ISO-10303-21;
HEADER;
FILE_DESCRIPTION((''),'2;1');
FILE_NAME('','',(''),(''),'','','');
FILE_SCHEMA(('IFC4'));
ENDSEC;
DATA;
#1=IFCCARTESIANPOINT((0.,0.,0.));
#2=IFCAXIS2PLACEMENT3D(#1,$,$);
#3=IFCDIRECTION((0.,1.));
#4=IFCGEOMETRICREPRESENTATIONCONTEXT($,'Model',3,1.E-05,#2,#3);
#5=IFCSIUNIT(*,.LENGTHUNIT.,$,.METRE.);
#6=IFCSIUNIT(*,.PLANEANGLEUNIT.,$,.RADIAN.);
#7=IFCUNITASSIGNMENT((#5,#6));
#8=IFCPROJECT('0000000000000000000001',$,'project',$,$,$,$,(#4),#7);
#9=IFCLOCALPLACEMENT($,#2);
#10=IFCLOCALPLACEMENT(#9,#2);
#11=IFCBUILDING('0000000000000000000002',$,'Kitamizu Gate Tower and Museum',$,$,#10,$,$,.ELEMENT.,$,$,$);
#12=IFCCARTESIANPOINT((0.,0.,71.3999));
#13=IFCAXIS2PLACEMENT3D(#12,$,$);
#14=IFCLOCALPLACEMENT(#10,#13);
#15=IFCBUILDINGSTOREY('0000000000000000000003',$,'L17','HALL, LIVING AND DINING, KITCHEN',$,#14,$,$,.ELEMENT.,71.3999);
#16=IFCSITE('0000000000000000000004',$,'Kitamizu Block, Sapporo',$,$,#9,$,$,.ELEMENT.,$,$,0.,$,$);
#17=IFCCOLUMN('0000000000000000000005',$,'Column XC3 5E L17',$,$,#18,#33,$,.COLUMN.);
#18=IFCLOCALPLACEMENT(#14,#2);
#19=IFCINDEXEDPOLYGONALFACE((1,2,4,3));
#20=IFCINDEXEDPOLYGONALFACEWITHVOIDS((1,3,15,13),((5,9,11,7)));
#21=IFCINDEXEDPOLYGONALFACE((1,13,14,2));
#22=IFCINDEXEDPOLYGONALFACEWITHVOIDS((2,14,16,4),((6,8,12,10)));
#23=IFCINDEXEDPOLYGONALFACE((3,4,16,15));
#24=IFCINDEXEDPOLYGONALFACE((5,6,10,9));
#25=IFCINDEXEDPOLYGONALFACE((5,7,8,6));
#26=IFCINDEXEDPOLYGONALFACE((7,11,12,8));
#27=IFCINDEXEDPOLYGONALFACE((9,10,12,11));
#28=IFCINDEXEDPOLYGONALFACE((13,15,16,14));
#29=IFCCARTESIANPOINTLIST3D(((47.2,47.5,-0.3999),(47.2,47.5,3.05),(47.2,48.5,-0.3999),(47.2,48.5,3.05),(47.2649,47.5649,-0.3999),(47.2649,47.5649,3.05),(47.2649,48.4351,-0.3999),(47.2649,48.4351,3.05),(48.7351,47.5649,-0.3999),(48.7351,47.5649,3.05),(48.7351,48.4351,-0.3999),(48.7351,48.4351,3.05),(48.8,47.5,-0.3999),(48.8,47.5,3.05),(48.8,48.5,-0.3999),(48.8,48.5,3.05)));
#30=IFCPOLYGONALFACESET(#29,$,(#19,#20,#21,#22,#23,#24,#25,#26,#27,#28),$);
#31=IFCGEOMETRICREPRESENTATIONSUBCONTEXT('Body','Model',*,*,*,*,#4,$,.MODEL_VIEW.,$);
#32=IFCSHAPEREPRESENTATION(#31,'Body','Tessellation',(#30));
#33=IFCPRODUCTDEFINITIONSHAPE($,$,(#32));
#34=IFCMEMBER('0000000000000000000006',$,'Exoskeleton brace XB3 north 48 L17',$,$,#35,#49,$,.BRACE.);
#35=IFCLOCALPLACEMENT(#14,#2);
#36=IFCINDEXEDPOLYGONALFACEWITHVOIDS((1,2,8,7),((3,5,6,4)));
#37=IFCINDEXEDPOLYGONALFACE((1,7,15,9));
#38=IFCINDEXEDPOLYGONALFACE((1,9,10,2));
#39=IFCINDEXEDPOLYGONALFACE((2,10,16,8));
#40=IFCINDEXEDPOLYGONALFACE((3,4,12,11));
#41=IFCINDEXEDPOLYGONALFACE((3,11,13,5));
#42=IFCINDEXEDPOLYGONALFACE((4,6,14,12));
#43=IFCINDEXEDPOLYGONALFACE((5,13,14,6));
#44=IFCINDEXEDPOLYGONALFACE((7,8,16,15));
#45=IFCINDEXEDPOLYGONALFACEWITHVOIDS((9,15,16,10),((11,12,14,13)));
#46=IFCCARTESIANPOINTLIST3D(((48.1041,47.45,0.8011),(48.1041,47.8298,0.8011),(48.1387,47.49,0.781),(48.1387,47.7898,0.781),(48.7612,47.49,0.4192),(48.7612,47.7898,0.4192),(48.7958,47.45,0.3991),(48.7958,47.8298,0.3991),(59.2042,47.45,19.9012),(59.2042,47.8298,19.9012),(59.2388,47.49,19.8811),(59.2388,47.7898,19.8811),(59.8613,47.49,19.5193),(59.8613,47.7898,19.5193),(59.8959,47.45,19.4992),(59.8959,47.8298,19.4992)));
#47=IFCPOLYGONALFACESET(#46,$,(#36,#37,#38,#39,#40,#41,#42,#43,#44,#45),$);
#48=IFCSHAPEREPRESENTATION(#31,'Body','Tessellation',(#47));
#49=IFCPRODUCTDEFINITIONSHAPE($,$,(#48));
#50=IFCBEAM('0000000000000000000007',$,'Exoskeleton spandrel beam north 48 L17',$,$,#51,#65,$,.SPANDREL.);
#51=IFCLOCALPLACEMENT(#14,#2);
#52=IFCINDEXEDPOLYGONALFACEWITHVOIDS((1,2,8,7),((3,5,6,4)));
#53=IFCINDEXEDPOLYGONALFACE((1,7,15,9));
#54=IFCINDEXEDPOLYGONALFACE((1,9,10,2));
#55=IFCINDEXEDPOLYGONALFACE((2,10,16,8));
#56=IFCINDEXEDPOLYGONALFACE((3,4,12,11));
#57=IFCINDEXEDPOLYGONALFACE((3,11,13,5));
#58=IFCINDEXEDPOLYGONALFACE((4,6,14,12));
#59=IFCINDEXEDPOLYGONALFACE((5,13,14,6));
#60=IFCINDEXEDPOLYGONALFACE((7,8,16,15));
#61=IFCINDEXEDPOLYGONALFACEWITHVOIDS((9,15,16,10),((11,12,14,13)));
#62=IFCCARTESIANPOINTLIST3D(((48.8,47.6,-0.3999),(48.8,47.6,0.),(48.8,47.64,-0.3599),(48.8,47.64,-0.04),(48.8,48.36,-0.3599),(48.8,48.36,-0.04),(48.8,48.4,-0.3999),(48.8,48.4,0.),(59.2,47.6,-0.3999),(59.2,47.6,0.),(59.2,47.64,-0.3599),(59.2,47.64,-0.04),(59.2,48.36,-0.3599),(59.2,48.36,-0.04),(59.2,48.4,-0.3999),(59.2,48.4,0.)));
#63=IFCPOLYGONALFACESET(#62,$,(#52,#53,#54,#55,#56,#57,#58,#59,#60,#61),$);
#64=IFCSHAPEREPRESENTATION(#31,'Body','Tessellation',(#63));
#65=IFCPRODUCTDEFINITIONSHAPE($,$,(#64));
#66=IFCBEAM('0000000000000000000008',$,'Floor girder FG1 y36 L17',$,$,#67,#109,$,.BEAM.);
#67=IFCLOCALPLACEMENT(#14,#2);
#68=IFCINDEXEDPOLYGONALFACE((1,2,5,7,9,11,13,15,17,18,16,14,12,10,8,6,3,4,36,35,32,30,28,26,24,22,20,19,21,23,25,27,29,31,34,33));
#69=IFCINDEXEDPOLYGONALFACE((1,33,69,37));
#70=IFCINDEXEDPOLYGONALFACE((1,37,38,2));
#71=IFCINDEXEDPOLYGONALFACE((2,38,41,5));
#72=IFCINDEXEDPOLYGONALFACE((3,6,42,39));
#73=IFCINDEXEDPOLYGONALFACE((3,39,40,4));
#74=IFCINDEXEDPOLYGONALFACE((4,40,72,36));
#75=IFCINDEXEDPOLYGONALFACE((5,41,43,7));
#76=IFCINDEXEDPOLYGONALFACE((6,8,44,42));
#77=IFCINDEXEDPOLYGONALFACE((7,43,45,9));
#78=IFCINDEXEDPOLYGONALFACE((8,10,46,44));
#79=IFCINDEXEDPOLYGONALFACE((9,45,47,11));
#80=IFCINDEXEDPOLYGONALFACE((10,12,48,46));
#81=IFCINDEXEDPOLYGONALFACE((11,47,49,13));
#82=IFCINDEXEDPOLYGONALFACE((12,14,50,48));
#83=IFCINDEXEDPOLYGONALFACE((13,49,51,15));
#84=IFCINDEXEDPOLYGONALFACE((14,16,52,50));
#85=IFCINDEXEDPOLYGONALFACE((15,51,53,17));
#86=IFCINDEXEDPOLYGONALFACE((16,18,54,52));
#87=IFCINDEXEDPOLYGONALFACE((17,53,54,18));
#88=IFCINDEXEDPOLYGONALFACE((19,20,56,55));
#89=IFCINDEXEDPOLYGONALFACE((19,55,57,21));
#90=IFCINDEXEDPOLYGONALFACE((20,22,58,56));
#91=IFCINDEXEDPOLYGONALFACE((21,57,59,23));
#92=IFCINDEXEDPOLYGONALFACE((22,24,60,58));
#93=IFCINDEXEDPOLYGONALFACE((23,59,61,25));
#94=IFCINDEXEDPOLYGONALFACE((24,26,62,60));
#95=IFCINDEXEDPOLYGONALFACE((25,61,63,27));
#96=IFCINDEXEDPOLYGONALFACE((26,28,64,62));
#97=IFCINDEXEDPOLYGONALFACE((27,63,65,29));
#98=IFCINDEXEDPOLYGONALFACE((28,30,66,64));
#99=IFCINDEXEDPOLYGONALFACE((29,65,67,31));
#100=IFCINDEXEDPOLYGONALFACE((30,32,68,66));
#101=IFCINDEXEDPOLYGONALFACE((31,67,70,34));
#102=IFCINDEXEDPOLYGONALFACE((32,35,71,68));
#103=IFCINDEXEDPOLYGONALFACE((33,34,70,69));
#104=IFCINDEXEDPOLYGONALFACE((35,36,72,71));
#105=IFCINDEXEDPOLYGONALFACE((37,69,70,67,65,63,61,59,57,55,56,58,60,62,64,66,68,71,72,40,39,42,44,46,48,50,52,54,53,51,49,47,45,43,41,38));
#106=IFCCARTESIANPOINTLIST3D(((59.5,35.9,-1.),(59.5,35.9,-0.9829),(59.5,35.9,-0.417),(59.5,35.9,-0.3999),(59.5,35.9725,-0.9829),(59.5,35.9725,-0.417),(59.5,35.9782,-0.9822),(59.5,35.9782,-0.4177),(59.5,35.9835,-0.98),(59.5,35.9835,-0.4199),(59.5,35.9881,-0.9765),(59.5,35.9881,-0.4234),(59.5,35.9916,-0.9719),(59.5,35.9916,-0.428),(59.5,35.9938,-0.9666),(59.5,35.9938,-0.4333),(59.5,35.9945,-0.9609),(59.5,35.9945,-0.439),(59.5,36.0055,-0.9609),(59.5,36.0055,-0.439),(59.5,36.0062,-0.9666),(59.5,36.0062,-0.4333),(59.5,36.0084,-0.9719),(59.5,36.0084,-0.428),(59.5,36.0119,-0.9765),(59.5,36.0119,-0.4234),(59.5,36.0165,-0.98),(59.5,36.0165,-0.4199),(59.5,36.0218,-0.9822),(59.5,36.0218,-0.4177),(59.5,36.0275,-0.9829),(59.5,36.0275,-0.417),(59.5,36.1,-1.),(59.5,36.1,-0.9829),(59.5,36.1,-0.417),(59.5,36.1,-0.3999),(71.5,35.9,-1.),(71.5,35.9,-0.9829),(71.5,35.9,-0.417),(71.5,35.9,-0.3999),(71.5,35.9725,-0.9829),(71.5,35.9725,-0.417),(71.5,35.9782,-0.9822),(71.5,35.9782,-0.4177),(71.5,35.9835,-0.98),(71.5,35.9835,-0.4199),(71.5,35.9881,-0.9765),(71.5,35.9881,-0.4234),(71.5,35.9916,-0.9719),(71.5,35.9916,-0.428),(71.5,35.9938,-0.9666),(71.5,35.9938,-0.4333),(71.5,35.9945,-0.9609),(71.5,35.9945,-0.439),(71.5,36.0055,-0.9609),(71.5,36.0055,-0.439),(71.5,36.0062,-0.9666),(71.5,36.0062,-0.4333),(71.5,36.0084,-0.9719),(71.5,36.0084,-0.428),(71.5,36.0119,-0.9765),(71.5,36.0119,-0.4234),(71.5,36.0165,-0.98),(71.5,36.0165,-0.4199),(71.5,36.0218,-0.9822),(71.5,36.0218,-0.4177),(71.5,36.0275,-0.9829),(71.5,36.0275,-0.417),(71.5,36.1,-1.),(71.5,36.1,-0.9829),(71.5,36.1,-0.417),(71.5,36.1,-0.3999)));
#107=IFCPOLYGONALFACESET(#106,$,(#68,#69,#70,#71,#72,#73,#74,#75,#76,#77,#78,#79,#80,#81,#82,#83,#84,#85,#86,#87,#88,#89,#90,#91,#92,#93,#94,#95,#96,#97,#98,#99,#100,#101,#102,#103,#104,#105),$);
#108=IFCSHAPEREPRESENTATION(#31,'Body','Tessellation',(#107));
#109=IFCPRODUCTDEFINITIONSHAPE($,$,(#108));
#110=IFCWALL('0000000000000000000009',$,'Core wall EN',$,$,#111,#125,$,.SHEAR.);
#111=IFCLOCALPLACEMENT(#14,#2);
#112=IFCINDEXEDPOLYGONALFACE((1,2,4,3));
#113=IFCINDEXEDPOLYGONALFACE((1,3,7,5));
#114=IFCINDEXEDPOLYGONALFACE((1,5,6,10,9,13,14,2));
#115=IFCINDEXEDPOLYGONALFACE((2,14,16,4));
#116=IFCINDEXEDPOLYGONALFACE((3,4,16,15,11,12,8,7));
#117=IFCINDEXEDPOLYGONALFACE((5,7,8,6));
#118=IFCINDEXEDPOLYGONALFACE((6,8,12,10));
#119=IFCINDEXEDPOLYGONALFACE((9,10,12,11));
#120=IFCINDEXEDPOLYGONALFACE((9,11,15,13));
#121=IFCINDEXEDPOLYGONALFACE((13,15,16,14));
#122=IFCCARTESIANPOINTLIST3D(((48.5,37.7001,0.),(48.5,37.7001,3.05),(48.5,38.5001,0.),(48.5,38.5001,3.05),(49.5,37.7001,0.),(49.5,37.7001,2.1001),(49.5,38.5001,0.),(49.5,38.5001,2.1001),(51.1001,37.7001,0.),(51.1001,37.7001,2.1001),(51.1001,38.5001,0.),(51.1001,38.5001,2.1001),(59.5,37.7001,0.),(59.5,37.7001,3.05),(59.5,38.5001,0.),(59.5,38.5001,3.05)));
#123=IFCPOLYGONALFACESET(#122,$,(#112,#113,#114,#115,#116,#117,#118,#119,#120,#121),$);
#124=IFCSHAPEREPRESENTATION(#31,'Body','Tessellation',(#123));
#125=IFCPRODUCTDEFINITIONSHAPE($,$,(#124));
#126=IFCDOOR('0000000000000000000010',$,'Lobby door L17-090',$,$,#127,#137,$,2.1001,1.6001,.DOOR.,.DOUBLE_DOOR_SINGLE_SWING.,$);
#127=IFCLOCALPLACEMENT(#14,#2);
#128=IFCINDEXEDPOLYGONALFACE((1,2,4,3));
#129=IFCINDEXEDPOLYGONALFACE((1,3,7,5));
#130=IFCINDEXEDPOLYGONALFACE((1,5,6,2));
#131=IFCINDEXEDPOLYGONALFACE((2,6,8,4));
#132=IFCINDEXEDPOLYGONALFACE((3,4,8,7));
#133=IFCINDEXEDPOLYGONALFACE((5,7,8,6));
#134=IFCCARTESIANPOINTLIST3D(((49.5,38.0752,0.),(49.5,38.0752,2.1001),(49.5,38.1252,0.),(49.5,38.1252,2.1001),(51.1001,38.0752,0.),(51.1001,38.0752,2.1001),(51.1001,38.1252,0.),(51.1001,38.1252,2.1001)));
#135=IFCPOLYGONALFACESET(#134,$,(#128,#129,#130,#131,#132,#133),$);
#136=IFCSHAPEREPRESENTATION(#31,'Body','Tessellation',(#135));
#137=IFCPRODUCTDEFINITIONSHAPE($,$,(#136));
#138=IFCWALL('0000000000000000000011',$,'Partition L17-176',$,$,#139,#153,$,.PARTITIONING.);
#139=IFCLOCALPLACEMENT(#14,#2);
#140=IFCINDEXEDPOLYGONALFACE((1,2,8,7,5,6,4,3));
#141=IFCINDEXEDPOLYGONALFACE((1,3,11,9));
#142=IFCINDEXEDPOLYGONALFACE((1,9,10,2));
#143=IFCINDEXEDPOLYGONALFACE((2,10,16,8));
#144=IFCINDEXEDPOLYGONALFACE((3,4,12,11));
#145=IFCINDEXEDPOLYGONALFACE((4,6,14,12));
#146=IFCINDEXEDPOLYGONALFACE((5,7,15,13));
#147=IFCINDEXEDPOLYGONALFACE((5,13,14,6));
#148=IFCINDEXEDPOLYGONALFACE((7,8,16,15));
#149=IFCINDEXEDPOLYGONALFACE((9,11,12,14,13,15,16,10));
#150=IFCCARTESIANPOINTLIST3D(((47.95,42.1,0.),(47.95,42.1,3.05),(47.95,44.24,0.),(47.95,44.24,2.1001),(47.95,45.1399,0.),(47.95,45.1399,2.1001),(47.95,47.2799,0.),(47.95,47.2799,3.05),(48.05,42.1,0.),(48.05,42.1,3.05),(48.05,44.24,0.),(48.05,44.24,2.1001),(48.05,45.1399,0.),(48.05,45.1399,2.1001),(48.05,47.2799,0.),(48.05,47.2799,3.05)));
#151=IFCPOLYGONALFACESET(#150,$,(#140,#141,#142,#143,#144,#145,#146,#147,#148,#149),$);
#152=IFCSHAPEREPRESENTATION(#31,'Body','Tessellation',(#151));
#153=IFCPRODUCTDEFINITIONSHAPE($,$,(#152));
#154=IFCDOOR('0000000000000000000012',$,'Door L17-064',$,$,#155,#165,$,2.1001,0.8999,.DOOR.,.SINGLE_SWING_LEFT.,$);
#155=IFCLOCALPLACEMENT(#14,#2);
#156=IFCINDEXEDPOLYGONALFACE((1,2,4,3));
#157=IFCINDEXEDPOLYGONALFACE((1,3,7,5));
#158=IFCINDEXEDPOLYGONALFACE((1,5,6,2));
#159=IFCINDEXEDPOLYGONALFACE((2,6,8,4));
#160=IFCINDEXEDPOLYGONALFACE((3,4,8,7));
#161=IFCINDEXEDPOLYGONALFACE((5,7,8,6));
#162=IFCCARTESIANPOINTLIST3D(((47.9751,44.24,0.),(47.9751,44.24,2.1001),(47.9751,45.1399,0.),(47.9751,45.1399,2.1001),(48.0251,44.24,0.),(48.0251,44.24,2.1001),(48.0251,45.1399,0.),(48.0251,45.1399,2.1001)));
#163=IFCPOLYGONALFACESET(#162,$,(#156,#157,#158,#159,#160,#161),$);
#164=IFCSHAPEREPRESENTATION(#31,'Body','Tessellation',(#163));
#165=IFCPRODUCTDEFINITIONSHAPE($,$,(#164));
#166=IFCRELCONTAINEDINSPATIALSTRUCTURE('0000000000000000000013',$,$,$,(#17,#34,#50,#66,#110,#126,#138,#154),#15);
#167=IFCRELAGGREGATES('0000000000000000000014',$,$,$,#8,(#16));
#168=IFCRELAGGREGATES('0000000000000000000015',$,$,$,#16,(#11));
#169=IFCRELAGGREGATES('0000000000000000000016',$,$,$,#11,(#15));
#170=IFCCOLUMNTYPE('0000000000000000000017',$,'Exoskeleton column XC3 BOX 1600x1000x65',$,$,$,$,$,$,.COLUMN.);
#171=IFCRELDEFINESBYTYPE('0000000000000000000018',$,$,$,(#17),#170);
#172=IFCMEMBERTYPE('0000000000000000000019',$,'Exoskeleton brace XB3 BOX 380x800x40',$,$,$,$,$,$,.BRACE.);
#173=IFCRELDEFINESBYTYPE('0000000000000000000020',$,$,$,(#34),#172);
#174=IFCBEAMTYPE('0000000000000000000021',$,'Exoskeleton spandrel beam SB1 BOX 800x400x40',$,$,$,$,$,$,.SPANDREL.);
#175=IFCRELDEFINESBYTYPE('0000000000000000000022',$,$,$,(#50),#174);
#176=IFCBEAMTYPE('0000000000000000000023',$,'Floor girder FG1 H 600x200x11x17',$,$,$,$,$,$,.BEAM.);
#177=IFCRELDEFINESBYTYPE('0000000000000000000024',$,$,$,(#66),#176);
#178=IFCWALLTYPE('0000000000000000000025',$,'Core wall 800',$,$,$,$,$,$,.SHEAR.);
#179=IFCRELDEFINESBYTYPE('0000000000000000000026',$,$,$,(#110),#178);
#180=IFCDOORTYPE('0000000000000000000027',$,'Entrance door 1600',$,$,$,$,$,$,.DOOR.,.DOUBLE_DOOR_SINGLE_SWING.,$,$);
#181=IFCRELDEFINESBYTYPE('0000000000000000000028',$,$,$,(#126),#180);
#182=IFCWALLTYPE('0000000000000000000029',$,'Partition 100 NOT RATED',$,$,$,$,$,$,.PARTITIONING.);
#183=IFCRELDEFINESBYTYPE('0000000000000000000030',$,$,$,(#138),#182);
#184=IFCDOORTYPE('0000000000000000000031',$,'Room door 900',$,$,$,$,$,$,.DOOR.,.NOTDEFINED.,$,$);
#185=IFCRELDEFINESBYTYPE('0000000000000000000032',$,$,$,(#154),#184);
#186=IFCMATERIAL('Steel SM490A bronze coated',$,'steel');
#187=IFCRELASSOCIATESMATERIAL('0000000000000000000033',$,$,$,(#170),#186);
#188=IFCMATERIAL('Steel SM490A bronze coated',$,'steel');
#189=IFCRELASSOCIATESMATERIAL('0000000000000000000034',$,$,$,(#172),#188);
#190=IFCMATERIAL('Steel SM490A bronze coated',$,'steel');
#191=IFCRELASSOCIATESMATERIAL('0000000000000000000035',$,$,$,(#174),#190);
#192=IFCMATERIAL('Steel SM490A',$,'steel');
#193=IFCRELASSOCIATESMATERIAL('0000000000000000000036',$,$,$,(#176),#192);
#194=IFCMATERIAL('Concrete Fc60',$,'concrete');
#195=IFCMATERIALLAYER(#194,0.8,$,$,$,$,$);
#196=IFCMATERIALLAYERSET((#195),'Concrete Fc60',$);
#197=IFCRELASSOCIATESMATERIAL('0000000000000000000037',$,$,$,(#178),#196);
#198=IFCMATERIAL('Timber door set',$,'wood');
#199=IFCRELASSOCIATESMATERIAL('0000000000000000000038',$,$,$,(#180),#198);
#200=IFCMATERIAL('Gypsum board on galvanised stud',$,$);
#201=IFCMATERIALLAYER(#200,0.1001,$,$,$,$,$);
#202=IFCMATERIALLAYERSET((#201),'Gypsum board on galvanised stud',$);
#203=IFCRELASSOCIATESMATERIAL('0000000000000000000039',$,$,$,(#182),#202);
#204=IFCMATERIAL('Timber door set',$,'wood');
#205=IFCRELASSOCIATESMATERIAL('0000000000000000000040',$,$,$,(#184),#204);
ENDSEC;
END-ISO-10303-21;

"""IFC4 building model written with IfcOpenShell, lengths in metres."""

from ifc_helpers import new_model, si_unit, direction, frame, frame_2d, origin, origin_2d, place, context, subcontext, project, spatial, rectangle, hollow_rectangle, i_section, extrude, material, layer, layer_set, material_profile, profile_set, type_object, element, fill, save


model = new_model("IFC4")

# Units and contexts
model_context = context("Model", 3, precision=1e-05, world=origin(), true_north=direction((0.0, 1.0)))
body_context = subcontext(model_context, "Body", "Model", "MODEL_VIEW")
ifc_project = project(units=[si_unit("LENGTHUNIT", "METRE"), si_unit("PLANEANGLEUNIT", "RADIAN")], contexts=[model_context])

# Site, building, storey
site_placement = place(None, origin())
site = spatial("IfcSite", under=ifc_project, at=site_placement, Name="Kitamizu Block, Sapporo", CompositionType="ELEMENT", RefElevation=0.0)
building_placement = place(site_placement, origin())
building = spatial("IfcBuilding", under=site, at=building_placement, Name="Kitamizu Gate Tower and Museum", CompositionType="ELEMENT")
storey_placement = place(building_placement, frame((0.0, 0.0, 71.3999)))
storey = spatial("IfcBuildingStorey", under=building, at=storey_placement, Name="L17", Description="HALL, LIVING AND DINING, KITCHEN", CompositionType="ELEMENT", Elevation=71.3999)

# Column
ifc_material_1 = material(Name="Steel SM490A bronze coated", Category="steel")
ifc_material_profile_1 = material_profile(ifc_material_1, hollow_rectangle(XDim=1.6001, YDim=1.0, WallThickness=0.0649, at=origin_2d()), Name="BOX 1600x1000x65")
ifc_profile_set_1 = profile_set([ifc_material_profile_1], Name="Steel SM490A bronze coated")
column_type = type_object("IfcColumnType", Name="Exoskeleton column XC3 BOX 1600x1000x65", PredefinedType="COLUMN", material=ifc_profile_set_1)
column_placement = place(storey_placement, frame((48.0, 48.0, -0.3999), z_axis=(0.0, 0.0, 1.0), x_axis=(1.0, 0.0, 0.0)))
element("IfcColumn", 1, at=column_placement, inside=storey, type_object=column_type, Name="Column XC3 5E L17", PredefinedType="COLUMN", context=body_context, shape_type="SweptSolid", body=[
    extrude(hollow_rectangle(XDim=1.6001, YDim=1.0, WallThickness=0.0649, at=origin_2d()), origin(), (0.0, 0.0, 1.0), 3.45),
])

# Member
ifc_material_2 = material(Name="Steel SM490A bronze coated", Category="steel")
ifc_material_profile_2 = material_profile(ifc_material_2, hollow_rectangle(XDim=0.3799, YDim=0.8, WallThickness=0.04, at=origin_2d()), Name="BOX 380x800x40")
ifc_profile_set_2 = profile_set([ifc_material_profile_2], Name="Steel SM490A bronze coated")
member_type = type_object("IfcMemberType", Name="Exoskeleton brace XB3 BOX 380x800x40", PredefinedType="BRACE", material=ifc_profile_set_2)
member_placement = place(storey_placement, frame((48.45, 47.6399, 0.6001), z_axis=(0.502464, 0.0, 0.864598), x_axis=(0.0, 1.0, 0.0)))
element("IfcMember", 2, at=member_placement, inside=storey, type_object=member_type, Name="Exoskeleton brace XB3 north 48 L17", PredefinedType="BRACE", context=body_context, shape_type="SweptSolid", body=[
    extrude(hollow_rectangle(XDim=0.3799, YDim=0.8, WallThickness=0.04, at=origin_2d()), origin(), (0.0, 0.0, 1.0), 22.0913),
])

# Beams
ifc_material_3 = material(Name="Steel SM490A bronze coated", Category="steel")
ifc_material_profile_3 = material_profile(ifc_material_3, hollow_rectangle(XDim=0.8, YDim=0.3999, WallThickness=0.04, at=origin_2d()), Name="BOX 800x400x40")
ifc_profile_set_3 = profile_set([ifc_material_profile_3], Name="Steel SM490A bronze coated")
beam_type_1 = type_object("IfcBeamType", Name="Exoskeleton spandrel beam SB1 BOX 800x400x40", PredefinedType="SPANDREL", material=ifc_profile_set_3)
beam_1_placement = place(storey_placement, frame((48.8, 48.0, -0.2), z_axis=(1.0, 0.0, 0.0), x_axis=(0.0, 1.0, 0.0)))
element("IfcBeam", 3, at=beam_1_placement, inside=storey, type_object=beam_type_1, Name="Exoskeleton spandrel beam north 48 L17", PredefinedType="SPANDREL", context=body_context, shape_type="SweptSolid", body=[
    extrude(hollow_rectangle(XDim=0.8, YDim=0.3999, WallThickness=0.04, at=origin_2d()), origin(), (0.0, 0.0, 1.0), 10.3999),
])
ifc_material_4 = material(Name="Steel SM490A", Category="steel")
ifc_material_profile_4 = material_profile(ifc_material_4, i_section(OverallWidth=0.2, OverallDepth=0.6001, WebThickness=0.011, FlangeThickness=0.0171, FilletRadius=0.022, at=origin_2d()), Name="H-600x200x11x17")
ifc_profile_set_4 = profile_set([ifc_material_profile_4], Name="Steel SM490A")
beam_type_2 = type_object("IfcBeamType", Name="Floor girder FG1 H 600x200x11x17", PredefinedType="BEAM", material=ifc_profile_set_4)
beam_2_placement = place(storey_placement, frame((59.5, 36.0, -0.7), z_axis=(1.0, 0.0, 0.0), x_axis=(0.0, 1.0, 0.0)))
element("IfcBeam", 4, at=beam_2_placement, inside=storey, type_object=beam_type_2, Name="Floor girder FG1 y36 L17", PredefinedType="BEAM", context=body_context, shape_type="SweptSolid", body=[
    extrude(i_section(OverallWidth=0.2, OverallDepth=0.6001, WebThickness=0.011, FlangeThickness=0.0171, FilletRadius=0.022, at=origin_2d()), origin(), (0.0, 0.0, 1.0), 12.0),
])

# Walls, openings, doors
ifc_material_5 = material(Name="Concrete Fc60", Category="concrete")
ifc_layer_1 = layer(ifc_material_5, 0.8)
ifc_layer_set_1 = layer_set([ifc_layer_1], Name="Concrete Fc60")
wall_type_1 = type_object("IfcWallType", Name="Core wall 800", PredefinedType="SHEAR", material=ifc_layer_set_1)
wall_1_placement = place(storey_placement, frame((59.5, 38.1001, 0.0), z_axis=(0.0, 0.0, 1.0), x_axis=(-1.0, 0.0, 0.0)))
wall_1 = element("IfcWall", 5, at=wall_1_placement, inside=storey, type_object=wall_type_1, Name="Core wall EN", PredefinedType="SHEAR", context=body_context, shape_type="SweptSolid", body=[
    extrude(rectangle(XDim=11.0, YDim=0.8, at=frame_2d((5.5, 0.0))), origin(), (0.0, 0.0, 1.0), 3.05),
])
opening_1_placement = place(wall_1_placement, frame((8.3999, 0.0, 0.0)))
opening_1 = element("IfcOpeningElement", 6, at=opening_1_placement, cuts=wall_1, PredefinedType="OPENING", context=body_context, shape_type="SweptSolid", body=[
    extrude(rectangle(XDim=1.6001, YDim=2.1001, at=frame_2d((0.8, 1.05))), frame((0.0, 0.4102, 0.0), z_axis=(0.0, -1.0, 0.0), x_axis=(1.0, 0.0, 0.0)), (0.0, 0.0, 1.0), 0.8201),
])
ifc_material_6 = material(Name="Timber door set", Category="wood")
door_type_1 = type_object("IfcDoorType", Name="Entrance door 1600", OperationType="DOUBLE_DOOR_SINGLE_SWING", PredefinedType="DOOR", material=ifc_material_6)
door_1_placement = place(opening_1_placement, origin())
door_1 = element("IfcDoor", 7, at=door_1_placement, inside=storey, type_object=door_type_1, Name="Lobby door L17-090", OperationType="DOUBLE_DOOR_SINGLE_SWING", OverallHeight=2.1001, OverallWidth=1.6001, PredefinedType="DOOR", context=body_context, shape_type="SweptSolid", body=[
    extrude(rectangle(XDim=1.6001, YDim=2.1001, at=frame_2d((0.8, 1.05))), frame((0.0, 0.0249, 0.0), z_axis=(0.0, -1.0, 0.0), x_axis=(1.0, 0.0, 0.0)), (0.0, 0.0, 1.0), 0.05),
])
fill(opening_1, door_1)
ifc_material_7 = material(Name="Gypsum board on galvanised stud")
ifc_layer_2 = layer(ifc_material_7, 0.1001)
ifc_layer_set_2 = layer_set([ifc_layer_2], Name="Gypsum board on galvanised stud")
wall_type_2 = type_object("IfcWallType", Name="Partition 100 NOT RATED", PredefinedType="PARTITIONING", material=ifc_layer_set_2)
wall_2_placement = place(storey_placement, frame((48.0, 42.1001, 0.0), z_axis=(0.0, 0.0, 1.0), x_axis=(0.0, 1.0, 0.0)))
wall_2 = element("IfcWall", 8, at=wall_2_placement, inside=storey, type_object=wall_type_2, Name="Partition L17-176", PredefinedType="PARTITIONING", context=body_context, shape_type="SweptSolid", body=[
    extrude(rectangle(XDim=5.1799, YDim=0.1001, at=frame_2d((2.5898, 0.0))), origin(), (0.0, 0.0, 1.0), 3.05),
])
opening_2_placement = place(wall_2_placement, frame((2.1399, 0.0, 0.0)))
opening_2 = element("IfcOpeningElement", 9, at=opening_2_placement, cuts=wall_2, PredefinedType="OPENING", context=body_context, shape_type="SweptSolid", body=[
    extrude(rectangle(XDim=0.8999, YDim=2.1001, at=frame_2d((0.45, 1.05))), frame((0.0, 0.0601, 0.0), z_axis=(0.0, -1.0, 0.0), x_axis=(1.0, 0.0, 0.0)), (0.0, 0.0, 1.0), 0.1201),
])
ifc_material_8 = material(Name="Timber door set", Category="wood")
door_type_2 = type_object("IfcDoorType", Name="Room door 900", OperationType="NOTDEFINED", PredefinedType="DOOR", material=ifc_material_8)
door_2_placement = place(opening_2_placement, origin())
door_2 = element("IfcDoor", 10, at=door_2_placement, inside=storey, type_object=door_type_2, Name="Door L17-064", OperationType="SINGLE_SWING_LEFT", OverallHeight=2.1001, OverallWidth=0.8999, PredefinedType="DOOR", context=body_context, shape_type="SweptSolid", body=[
    extrude(rectangle(XDim=0.8999, YDim=2.1001, at=frame_2d((0.45, 1.05))), frame((0.0, 0.0249, 0.0), z_axis=(0.0, -1.0, 0.0), x_axis=(1.0, 0.0, 0.0)), (0.0, 0.0, 1.0), 0.05),
])
fill(opening_2, door_2)

save(model, "model.ifc")
